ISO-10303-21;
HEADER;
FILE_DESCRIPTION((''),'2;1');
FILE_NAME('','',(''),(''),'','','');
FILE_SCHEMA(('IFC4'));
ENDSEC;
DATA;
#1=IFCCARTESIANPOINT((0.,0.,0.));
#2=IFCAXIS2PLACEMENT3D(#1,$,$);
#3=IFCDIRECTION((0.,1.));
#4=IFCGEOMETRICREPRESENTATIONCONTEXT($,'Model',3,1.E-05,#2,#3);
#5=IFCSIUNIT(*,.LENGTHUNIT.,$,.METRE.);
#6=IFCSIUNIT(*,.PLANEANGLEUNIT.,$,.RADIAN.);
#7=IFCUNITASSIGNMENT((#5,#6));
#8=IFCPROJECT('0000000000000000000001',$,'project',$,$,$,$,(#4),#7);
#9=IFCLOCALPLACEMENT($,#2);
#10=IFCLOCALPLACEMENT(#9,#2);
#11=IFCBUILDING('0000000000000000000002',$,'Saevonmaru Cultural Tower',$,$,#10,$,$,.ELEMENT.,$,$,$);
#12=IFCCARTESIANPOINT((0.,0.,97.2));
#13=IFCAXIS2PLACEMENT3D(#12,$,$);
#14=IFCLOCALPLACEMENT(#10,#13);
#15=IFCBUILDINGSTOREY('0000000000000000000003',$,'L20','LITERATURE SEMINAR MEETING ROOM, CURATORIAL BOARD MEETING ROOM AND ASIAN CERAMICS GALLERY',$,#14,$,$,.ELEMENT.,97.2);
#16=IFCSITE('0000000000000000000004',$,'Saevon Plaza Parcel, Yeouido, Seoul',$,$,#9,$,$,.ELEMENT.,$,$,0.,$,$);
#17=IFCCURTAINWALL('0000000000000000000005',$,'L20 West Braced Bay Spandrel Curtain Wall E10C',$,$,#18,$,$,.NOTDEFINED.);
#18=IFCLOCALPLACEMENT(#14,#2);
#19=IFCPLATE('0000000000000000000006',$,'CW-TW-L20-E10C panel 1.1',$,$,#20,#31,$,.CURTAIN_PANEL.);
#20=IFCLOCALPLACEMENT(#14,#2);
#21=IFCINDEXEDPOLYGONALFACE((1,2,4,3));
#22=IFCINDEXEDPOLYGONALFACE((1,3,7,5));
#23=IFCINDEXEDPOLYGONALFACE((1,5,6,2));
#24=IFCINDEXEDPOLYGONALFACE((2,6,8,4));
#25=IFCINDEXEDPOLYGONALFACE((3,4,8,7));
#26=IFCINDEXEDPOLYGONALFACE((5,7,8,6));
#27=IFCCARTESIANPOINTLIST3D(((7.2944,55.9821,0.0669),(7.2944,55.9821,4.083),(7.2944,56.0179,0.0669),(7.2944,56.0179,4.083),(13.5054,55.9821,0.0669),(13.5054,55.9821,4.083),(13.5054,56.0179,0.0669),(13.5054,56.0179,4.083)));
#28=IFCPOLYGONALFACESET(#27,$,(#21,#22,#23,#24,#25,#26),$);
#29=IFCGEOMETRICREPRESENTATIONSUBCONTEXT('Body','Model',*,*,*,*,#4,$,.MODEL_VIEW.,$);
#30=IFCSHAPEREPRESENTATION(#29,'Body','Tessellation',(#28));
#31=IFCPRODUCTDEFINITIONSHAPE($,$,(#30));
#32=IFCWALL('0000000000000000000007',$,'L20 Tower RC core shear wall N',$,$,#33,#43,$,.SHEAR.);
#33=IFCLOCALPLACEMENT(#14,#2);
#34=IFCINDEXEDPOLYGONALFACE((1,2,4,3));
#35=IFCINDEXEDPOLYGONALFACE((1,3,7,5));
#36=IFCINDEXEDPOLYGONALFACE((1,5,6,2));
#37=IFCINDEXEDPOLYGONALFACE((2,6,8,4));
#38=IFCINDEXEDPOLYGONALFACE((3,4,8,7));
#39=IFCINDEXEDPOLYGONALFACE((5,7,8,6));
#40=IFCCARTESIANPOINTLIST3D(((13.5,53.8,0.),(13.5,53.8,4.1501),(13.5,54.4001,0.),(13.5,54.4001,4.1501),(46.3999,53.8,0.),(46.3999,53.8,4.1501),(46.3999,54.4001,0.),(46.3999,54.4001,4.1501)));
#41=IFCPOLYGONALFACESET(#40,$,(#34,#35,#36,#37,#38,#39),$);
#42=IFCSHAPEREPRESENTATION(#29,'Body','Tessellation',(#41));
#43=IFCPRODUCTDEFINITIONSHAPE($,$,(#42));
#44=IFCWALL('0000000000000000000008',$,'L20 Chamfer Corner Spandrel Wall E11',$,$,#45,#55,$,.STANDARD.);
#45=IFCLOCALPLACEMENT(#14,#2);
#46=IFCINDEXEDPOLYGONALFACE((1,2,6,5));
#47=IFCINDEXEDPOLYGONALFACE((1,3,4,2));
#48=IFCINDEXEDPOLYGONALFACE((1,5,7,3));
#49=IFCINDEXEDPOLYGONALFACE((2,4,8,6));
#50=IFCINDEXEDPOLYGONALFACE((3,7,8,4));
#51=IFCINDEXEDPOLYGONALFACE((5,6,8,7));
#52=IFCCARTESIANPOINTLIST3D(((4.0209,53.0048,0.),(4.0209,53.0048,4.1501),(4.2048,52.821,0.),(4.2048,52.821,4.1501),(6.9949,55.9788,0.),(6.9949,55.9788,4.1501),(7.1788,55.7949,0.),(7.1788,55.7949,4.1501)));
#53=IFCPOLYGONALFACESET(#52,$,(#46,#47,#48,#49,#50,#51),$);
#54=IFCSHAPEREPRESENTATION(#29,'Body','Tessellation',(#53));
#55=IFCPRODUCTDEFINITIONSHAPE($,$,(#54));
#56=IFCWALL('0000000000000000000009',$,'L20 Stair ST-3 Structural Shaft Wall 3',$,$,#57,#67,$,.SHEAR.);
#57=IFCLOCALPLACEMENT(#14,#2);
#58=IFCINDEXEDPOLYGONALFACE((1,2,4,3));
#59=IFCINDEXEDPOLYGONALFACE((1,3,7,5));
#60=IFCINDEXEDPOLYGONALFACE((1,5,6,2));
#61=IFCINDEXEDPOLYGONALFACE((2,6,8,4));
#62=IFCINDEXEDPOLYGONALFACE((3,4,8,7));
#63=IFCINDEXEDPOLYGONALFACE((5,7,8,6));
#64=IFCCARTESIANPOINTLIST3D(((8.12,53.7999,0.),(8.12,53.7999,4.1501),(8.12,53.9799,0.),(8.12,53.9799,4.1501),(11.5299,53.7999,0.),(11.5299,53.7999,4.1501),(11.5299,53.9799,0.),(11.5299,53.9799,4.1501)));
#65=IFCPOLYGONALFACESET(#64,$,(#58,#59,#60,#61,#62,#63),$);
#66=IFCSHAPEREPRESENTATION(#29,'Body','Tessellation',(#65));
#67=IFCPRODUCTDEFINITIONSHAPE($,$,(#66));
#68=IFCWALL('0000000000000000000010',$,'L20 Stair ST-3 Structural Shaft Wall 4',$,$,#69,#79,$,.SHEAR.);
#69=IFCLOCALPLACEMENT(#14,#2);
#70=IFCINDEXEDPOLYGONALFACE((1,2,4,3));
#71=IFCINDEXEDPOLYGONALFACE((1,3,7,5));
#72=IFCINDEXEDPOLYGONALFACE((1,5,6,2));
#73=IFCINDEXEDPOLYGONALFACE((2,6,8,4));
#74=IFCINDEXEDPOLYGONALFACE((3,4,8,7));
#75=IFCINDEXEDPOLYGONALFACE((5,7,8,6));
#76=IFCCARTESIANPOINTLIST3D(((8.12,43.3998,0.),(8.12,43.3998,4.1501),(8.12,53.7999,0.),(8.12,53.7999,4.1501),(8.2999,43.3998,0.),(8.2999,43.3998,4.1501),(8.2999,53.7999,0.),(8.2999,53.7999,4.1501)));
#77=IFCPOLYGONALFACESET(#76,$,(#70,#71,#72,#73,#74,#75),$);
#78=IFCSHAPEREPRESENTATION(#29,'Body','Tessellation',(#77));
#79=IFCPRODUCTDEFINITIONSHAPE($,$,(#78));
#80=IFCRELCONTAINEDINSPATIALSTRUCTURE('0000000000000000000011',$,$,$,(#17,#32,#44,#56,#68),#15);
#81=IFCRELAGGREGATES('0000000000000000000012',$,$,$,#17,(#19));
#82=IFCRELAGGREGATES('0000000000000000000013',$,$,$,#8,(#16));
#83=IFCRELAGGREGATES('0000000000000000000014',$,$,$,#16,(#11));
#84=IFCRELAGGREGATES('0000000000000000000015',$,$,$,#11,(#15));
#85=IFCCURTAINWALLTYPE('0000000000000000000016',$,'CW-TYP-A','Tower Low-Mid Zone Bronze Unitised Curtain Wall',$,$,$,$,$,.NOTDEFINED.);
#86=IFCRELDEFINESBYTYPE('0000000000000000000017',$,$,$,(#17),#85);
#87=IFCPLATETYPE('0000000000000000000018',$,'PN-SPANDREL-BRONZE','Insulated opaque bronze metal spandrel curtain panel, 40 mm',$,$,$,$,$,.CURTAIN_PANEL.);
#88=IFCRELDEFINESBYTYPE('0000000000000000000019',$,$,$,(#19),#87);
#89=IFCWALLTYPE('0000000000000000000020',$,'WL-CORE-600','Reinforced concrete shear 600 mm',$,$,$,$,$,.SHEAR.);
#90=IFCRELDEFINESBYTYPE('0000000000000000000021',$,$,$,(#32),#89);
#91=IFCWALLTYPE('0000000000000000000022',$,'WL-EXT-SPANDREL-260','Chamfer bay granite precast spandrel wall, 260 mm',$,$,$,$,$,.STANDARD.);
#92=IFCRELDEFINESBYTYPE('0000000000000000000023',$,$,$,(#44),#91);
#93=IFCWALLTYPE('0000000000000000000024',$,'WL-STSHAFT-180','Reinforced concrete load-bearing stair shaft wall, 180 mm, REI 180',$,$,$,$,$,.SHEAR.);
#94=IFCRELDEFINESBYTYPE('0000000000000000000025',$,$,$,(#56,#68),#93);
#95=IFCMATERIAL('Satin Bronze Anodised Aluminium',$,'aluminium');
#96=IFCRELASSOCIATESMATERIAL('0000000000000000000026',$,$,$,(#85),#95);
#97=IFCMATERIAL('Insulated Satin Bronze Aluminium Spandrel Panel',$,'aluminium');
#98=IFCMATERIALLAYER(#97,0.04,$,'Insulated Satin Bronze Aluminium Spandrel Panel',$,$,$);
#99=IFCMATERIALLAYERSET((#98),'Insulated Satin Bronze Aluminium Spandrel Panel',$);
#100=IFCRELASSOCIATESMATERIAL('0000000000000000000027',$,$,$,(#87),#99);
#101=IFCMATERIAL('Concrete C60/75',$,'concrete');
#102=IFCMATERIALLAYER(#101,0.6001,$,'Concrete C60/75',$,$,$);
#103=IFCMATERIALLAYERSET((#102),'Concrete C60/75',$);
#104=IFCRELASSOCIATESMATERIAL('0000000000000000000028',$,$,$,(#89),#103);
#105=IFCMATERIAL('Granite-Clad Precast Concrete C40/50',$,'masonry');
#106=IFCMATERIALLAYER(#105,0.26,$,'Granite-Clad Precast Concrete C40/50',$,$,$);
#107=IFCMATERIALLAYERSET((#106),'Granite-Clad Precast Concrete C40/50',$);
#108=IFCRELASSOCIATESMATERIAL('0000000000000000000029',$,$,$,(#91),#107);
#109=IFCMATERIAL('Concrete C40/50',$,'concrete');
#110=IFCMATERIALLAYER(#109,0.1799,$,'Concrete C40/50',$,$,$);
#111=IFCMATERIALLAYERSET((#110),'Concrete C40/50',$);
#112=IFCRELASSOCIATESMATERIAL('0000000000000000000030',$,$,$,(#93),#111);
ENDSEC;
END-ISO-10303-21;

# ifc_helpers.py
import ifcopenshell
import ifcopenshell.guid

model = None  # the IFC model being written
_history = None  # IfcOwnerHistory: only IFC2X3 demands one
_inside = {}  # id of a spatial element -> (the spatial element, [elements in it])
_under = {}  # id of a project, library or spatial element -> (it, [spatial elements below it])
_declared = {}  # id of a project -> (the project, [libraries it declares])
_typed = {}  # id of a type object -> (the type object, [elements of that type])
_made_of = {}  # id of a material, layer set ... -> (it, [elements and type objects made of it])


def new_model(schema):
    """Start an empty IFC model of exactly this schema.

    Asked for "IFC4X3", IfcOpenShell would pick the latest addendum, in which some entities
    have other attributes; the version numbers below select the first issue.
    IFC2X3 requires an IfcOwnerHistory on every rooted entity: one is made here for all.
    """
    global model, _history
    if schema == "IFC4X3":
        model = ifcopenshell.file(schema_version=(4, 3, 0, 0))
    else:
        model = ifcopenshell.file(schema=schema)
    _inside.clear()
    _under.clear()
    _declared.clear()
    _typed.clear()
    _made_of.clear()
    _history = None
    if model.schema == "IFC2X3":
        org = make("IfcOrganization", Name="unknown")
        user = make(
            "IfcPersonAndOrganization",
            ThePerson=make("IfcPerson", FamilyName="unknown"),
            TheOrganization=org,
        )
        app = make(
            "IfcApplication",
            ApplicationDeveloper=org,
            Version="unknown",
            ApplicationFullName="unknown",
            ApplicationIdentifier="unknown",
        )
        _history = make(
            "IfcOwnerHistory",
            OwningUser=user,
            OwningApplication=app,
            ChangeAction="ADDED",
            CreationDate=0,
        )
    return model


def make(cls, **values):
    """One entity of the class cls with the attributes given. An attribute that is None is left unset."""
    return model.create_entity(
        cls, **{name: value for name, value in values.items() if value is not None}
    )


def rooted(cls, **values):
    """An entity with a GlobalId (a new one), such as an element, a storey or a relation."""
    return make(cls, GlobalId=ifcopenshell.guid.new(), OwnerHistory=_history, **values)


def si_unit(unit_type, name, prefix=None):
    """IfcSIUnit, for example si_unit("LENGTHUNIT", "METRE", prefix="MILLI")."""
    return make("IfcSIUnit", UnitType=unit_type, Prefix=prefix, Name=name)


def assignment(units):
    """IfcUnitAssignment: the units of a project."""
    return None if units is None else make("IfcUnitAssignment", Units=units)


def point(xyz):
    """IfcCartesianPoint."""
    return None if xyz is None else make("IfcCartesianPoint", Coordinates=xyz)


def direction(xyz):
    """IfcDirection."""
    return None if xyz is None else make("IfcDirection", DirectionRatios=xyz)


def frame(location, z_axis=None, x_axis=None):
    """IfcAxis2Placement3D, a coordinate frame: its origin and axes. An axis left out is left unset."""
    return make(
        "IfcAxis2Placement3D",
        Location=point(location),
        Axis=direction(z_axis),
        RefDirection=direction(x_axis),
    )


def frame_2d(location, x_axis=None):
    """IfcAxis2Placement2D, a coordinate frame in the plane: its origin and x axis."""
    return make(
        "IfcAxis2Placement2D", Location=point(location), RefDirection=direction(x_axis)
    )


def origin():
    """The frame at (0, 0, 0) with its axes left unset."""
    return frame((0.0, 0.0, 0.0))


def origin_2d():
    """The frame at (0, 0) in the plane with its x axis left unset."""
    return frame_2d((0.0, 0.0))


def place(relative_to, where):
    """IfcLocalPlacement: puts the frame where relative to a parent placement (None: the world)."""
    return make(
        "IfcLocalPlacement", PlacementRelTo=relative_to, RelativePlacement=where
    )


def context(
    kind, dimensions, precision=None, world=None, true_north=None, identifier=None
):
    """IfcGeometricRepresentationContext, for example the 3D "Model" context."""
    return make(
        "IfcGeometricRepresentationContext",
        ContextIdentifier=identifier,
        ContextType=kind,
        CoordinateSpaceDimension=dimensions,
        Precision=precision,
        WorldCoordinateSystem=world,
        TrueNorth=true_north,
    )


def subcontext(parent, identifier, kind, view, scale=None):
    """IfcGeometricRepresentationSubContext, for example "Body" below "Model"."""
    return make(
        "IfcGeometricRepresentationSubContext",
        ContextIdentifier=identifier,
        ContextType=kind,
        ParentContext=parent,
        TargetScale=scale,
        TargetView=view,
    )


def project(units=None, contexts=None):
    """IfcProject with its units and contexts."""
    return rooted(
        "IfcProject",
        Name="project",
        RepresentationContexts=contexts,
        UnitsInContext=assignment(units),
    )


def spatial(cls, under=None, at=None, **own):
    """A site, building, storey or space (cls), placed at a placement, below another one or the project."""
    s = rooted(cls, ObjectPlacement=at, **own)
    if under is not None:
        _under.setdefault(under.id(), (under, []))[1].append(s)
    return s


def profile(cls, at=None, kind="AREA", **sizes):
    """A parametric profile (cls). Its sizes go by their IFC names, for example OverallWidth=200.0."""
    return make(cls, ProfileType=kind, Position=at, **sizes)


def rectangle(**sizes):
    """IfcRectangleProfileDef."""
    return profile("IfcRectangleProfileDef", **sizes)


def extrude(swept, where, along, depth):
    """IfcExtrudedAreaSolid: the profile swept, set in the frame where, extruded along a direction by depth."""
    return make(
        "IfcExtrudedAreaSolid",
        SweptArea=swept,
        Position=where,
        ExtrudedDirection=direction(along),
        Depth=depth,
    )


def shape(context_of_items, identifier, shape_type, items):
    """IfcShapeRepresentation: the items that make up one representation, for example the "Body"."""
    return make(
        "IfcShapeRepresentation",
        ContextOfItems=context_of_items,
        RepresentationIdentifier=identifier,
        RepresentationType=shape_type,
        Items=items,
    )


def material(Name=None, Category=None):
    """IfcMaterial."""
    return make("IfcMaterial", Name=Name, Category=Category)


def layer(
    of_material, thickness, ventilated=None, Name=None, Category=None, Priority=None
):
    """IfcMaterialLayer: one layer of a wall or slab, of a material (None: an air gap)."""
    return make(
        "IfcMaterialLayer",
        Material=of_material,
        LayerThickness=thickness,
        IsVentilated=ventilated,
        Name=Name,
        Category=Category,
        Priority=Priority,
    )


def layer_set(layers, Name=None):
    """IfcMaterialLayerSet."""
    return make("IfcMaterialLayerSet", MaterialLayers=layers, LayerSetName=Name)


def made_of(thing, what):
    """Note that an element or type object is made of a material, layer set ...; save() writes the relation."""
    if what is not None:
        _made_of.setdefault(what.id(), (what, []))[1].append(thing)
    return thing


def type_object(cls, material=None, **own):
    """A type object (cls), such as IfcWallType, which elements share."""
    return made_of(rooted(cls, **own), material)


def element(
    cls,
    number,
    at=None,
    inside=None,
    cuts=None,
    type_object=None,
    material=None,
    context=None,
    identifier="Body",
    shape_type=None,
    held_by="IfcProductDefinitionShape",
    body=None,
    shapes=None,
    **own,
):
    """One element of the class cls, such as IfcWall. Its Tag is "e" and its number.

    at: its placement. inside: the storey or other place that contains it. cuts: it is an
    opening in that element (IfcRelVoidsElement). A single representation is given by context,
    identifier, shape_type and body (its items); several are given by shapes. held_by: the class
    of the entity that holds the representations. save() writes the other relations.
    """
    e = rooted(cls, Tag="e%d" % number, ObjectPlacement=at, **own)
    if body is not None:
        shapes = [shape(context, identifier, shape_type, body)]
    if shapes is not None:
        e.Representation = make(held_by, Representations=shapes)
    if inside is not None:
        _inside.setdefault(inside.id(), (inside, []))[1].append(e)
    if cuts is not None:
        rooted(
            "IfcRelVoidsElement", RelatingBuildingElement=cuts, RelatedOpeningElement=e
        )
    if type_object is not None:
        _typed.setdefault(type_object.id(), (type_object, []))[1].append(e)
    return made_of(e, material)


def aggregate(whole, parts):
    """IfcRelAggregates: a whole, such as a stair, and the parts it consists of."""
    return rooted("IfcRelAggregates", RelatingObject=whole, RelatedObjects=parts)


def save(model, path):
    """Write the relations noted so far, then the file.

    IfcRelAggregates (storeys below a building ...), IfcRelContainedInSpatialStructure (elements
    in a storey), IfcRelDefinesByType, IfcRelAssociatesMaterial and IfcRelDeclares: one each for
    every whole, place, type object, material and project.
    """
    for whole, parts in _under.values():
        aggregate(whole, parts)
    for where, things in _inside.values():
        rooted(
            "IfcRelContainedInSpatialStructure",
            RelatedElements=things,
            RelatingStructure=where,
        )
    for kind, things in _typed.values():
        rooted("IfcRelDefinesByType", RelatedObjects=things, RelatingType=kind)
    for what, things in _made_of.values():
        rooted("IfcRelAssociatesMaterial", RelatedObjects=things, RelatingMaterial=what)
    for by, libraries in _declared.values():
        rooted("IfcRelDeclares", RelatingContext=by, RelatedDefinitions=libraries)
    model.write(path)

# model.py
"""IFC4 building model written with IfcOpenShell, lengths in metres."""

from ifc_helpers import new_model, si_unit, direction, frame, frame_2d, origin, origin_2d, place, context, subcontext, project, spatial, rectangle, extrude, material, layer, layer_set, type_object, element, aggregate, save


model = new_model("IFC4")

# Units and contexts
model_context = context("Model", 3, precision=1e-05, world=origin(), true_north=direction((0.0, 1.0)))
body_context = subcontext(model_context, "Body", "Model", "MODEL_VIEW")
ifc_project = project(units=[si_unit("LENGTHUNIT", "METRE"), si_unit("PLANEANGLEUNIT", "RADIAN")], contexts=[model_context])

# Site, building, storey
site_placement = place(None, origin())
site = spatial("IfcSite", under=ifc_project, at=site_placement, Name="Saevon Plaza Parcel, Yeouido, Seoul", CompositionType="ELEMENT", RefElevation=0.0)
building_placement = place(site_placement, origin())
building = spatial("IfcBuilding", under=site, at=building_placement, Name="Saevonmaru Cultural Tower", CompositionType="ELEMENT")
storey_placement = place(building_placement, frame((0.0, 0.0, 97.2)))
storey = spatial("IfcBuildingStorey", under=building, at=storey_placement, Name="L20", Description="LITERATURE SEMINAR MEETING ROOM, CURATORIAL BOARD MEETING ROOM AND ASIAN CERAMICS GALLERY", CompositionType="ELEMENT", Elevation=97.2)

# Shared definitions
ifc_material_1 = material(Name="Satin Bronze Anodised Aluminium", Category="aluminium")
curtain_wall_type = type_object("IfcCurtainWallType", Name="CW-TYP-A", Description="Tower Low-Mid Zone Bronze Unitised Curtain Wall", PredefinedType="NOTDEFINED", material=ifc_material_1)

# Curtain wall
curtain_wall_1_placement = place(storey_placement, origin())
curtain_wall_1 = element("IfcCurtainWall", 1, at=curtain_wall_1_placement, inside=storey, type_object=curtain_wall_type, Name="L20 West Braced Bay Spandrel Curtain Wall E10C", PredefinedType="NOTDEFINED")

# Plate
ifc_material_2 = material(Name="Insulated Satin Bronze Aluminium Spandrel Panel", Category="aluminium")
ifc_layer_1 = layer(ifc_material_2, 0.04, Name="Insulated Satin Bronze Aluminium Spandrel Panel")
ifc_layer_set_1 = layer_set([ifc_layer_1], Name="Insulated Satin Bronze Aluminium Spandrel Panel")
plate_type_1 = type_object("IfcPlateType", Name="PN-SPANDREL-BRONZE", Description="Insulated opaque bronze metal spandrel curtain panel, 40 mm", PredefinedType="CURTAIN_PANEL", material=ifc_layer_set_1)
plate_placement = place(storey_placement, frame((10.3999, 56.0, 0.0669), z_axis=(0.0, 0.0, 1.0), x_axis=(-1.0, 0.0, 0.0)))
plate = element("IfcPlate", 2, at=plate_placement, type_object=plate_type_1, Name="CW-TW-L20-E10C panel 1.1", PredefinedType="CURTAIN_PANEL", context=body_context, shape_type="SweptSolid", body=[
    extrude(rectangle(XDim=6.2109, YDim=0.0359, at=origin_2d()), origin(), (0.0, 0.0, 1.0), 4.0161),
])
aggregate(curtain_wall_1, [plate])

# Walls
ifc_material_3 = material(Name="Concrete C60/75", Category="concrete")
ifc_layer_2 = layer(ifc_material_3, 0.6001, Name="Concrete C60/75")
ifc_layer_set_2 = layer_set([ifc_layer_2], Name="Concrete C60/75")
wall_type_1 = type_object("IfcWallType", Name="WL-CORE-600", Description="Reinforced concrete shear 600 mm", PredefinedType="SHEAR", material=ifc_layer_set_2)
wall_1_placement = place(storey_placement, frame((13.5, 54.1001, 0.0), z_axis=(0.0, 0.0, 1.0), x_axis=(1.0, 0.0, 0.0)))
element("IfcWall", 3, at=wall_1_placement, inside=storey, type_object=wall_type_1, Name="L20 Tower RC core shear wall N", PredefinedType="SHEAR", context=body_context, shape_type="SweptSolid", body=[
    extrude(rectangle(XDim=32.8999, YDim=0.6001, at=frame_2d((16.45, 0.0))), origin(), (0.0, 0.0, 1.0), 4.1501),
])
ifc_material_4 = material(Name="Granite-Clad Precast Concrete C40/50", Category="masonry")
ifc_layer_3 = layer(ifc_material_4, 0.26, Name="Granite-Clad Precast Concrete C40/50")
ifc_layer_set_3 = layer_set([ifc_layer_3], Name="Granite-Clad Precast Concrete C40/50")
wall_type_2 = type_object("IfcWallType", Name="WL-EXT-SPANDREL-260", Description="Chamfer bay granite precast spandrel wall, 260 mm", PredefinedType="STANDARD", material=ifc_layer_set_3)
wall_2_placement = place(storey_placement, frame((7.0869, 55.887, 0.0), z_axis=(0.0, 0.0, 1.0), x_axis=(-0.707107, -0.707107, 0.0)))
element("IfcWall", 4, at=wall_2_placement, inside=storey, type_object=wall_type_2, Name="L20 Chamfer Corner Spandrel Wall E11", PredefinedType="STANDARD", context=body_context, shape_type="SweptSolid", body=[
    extrude(rectangle(XDim=4.2058, YDim=0.26, at=frame_2d((2.103, 0.0))), origin(), (0.0, 0.0, 1.0), 4.1501),
])
ifc_material_5 = material(Name="Concrete C40/50", Category="concrete")
ifc_layer_4 = layer(ifc_material_5, 0.1799, Name="Concrete C40/50")
ifc_layer_set_4 = layer_set([ifc_layer_4], Name="Concrete C40/50")
wall_type_3 = type_object("IfcWallType", Name="WL-STSHAFT-180", Description="Reinforced concrete load-bearing stair shaft wall, 180 mm, REI 180", PredefinedType="SHEAR", material=ifc_layer_set_4)
wall_3_placement = place(storey_placement, frame((11.53, 53.8899, 0.0), z_axis=(0.0, 0.0, 1.0), x_axis=(-1.0, 0.0, 0.0)))
element("IfcWall", 5, at=wall_3_placement, inside=storey, type_object=wall_type_3, Name="L20 Stair ST-3 Structural Shaft Wall 3", PredefinedType="SHEAR", context=body_context, shape_type="SweptSolid", body=[
    extrude(rectangle(XDim=3.4099, YDim=0.1799, at=frame_2d((1.7051, 0.0))), origin(), (0.0, 0.0, 1.0), 4.1501),
])
wall_4_placement = place(storey_placement, frame((8.21, 53.8, 0.0), z_axis=(0.0, 0.0, 1.0), x_axis=(0.0, -1.0, 0.0)))
element("IfcWall", 6, at=wall_4_placement, inside=storey, type_object=wall_type_3, Name="L20 Stair ST-3 Structural Shaft Wall 4", PredefinedType="SHEAR", context=body_context, shape_type="SweptSolid", body=[
    extrude(rectangle(XDim=10.4001, YDim=0.1799, at=frame_2d((5.2002, 0.0))), origin(), (0.0, 0.0, 1.0), 4.1501),
])

save(model, "model.ifc")
